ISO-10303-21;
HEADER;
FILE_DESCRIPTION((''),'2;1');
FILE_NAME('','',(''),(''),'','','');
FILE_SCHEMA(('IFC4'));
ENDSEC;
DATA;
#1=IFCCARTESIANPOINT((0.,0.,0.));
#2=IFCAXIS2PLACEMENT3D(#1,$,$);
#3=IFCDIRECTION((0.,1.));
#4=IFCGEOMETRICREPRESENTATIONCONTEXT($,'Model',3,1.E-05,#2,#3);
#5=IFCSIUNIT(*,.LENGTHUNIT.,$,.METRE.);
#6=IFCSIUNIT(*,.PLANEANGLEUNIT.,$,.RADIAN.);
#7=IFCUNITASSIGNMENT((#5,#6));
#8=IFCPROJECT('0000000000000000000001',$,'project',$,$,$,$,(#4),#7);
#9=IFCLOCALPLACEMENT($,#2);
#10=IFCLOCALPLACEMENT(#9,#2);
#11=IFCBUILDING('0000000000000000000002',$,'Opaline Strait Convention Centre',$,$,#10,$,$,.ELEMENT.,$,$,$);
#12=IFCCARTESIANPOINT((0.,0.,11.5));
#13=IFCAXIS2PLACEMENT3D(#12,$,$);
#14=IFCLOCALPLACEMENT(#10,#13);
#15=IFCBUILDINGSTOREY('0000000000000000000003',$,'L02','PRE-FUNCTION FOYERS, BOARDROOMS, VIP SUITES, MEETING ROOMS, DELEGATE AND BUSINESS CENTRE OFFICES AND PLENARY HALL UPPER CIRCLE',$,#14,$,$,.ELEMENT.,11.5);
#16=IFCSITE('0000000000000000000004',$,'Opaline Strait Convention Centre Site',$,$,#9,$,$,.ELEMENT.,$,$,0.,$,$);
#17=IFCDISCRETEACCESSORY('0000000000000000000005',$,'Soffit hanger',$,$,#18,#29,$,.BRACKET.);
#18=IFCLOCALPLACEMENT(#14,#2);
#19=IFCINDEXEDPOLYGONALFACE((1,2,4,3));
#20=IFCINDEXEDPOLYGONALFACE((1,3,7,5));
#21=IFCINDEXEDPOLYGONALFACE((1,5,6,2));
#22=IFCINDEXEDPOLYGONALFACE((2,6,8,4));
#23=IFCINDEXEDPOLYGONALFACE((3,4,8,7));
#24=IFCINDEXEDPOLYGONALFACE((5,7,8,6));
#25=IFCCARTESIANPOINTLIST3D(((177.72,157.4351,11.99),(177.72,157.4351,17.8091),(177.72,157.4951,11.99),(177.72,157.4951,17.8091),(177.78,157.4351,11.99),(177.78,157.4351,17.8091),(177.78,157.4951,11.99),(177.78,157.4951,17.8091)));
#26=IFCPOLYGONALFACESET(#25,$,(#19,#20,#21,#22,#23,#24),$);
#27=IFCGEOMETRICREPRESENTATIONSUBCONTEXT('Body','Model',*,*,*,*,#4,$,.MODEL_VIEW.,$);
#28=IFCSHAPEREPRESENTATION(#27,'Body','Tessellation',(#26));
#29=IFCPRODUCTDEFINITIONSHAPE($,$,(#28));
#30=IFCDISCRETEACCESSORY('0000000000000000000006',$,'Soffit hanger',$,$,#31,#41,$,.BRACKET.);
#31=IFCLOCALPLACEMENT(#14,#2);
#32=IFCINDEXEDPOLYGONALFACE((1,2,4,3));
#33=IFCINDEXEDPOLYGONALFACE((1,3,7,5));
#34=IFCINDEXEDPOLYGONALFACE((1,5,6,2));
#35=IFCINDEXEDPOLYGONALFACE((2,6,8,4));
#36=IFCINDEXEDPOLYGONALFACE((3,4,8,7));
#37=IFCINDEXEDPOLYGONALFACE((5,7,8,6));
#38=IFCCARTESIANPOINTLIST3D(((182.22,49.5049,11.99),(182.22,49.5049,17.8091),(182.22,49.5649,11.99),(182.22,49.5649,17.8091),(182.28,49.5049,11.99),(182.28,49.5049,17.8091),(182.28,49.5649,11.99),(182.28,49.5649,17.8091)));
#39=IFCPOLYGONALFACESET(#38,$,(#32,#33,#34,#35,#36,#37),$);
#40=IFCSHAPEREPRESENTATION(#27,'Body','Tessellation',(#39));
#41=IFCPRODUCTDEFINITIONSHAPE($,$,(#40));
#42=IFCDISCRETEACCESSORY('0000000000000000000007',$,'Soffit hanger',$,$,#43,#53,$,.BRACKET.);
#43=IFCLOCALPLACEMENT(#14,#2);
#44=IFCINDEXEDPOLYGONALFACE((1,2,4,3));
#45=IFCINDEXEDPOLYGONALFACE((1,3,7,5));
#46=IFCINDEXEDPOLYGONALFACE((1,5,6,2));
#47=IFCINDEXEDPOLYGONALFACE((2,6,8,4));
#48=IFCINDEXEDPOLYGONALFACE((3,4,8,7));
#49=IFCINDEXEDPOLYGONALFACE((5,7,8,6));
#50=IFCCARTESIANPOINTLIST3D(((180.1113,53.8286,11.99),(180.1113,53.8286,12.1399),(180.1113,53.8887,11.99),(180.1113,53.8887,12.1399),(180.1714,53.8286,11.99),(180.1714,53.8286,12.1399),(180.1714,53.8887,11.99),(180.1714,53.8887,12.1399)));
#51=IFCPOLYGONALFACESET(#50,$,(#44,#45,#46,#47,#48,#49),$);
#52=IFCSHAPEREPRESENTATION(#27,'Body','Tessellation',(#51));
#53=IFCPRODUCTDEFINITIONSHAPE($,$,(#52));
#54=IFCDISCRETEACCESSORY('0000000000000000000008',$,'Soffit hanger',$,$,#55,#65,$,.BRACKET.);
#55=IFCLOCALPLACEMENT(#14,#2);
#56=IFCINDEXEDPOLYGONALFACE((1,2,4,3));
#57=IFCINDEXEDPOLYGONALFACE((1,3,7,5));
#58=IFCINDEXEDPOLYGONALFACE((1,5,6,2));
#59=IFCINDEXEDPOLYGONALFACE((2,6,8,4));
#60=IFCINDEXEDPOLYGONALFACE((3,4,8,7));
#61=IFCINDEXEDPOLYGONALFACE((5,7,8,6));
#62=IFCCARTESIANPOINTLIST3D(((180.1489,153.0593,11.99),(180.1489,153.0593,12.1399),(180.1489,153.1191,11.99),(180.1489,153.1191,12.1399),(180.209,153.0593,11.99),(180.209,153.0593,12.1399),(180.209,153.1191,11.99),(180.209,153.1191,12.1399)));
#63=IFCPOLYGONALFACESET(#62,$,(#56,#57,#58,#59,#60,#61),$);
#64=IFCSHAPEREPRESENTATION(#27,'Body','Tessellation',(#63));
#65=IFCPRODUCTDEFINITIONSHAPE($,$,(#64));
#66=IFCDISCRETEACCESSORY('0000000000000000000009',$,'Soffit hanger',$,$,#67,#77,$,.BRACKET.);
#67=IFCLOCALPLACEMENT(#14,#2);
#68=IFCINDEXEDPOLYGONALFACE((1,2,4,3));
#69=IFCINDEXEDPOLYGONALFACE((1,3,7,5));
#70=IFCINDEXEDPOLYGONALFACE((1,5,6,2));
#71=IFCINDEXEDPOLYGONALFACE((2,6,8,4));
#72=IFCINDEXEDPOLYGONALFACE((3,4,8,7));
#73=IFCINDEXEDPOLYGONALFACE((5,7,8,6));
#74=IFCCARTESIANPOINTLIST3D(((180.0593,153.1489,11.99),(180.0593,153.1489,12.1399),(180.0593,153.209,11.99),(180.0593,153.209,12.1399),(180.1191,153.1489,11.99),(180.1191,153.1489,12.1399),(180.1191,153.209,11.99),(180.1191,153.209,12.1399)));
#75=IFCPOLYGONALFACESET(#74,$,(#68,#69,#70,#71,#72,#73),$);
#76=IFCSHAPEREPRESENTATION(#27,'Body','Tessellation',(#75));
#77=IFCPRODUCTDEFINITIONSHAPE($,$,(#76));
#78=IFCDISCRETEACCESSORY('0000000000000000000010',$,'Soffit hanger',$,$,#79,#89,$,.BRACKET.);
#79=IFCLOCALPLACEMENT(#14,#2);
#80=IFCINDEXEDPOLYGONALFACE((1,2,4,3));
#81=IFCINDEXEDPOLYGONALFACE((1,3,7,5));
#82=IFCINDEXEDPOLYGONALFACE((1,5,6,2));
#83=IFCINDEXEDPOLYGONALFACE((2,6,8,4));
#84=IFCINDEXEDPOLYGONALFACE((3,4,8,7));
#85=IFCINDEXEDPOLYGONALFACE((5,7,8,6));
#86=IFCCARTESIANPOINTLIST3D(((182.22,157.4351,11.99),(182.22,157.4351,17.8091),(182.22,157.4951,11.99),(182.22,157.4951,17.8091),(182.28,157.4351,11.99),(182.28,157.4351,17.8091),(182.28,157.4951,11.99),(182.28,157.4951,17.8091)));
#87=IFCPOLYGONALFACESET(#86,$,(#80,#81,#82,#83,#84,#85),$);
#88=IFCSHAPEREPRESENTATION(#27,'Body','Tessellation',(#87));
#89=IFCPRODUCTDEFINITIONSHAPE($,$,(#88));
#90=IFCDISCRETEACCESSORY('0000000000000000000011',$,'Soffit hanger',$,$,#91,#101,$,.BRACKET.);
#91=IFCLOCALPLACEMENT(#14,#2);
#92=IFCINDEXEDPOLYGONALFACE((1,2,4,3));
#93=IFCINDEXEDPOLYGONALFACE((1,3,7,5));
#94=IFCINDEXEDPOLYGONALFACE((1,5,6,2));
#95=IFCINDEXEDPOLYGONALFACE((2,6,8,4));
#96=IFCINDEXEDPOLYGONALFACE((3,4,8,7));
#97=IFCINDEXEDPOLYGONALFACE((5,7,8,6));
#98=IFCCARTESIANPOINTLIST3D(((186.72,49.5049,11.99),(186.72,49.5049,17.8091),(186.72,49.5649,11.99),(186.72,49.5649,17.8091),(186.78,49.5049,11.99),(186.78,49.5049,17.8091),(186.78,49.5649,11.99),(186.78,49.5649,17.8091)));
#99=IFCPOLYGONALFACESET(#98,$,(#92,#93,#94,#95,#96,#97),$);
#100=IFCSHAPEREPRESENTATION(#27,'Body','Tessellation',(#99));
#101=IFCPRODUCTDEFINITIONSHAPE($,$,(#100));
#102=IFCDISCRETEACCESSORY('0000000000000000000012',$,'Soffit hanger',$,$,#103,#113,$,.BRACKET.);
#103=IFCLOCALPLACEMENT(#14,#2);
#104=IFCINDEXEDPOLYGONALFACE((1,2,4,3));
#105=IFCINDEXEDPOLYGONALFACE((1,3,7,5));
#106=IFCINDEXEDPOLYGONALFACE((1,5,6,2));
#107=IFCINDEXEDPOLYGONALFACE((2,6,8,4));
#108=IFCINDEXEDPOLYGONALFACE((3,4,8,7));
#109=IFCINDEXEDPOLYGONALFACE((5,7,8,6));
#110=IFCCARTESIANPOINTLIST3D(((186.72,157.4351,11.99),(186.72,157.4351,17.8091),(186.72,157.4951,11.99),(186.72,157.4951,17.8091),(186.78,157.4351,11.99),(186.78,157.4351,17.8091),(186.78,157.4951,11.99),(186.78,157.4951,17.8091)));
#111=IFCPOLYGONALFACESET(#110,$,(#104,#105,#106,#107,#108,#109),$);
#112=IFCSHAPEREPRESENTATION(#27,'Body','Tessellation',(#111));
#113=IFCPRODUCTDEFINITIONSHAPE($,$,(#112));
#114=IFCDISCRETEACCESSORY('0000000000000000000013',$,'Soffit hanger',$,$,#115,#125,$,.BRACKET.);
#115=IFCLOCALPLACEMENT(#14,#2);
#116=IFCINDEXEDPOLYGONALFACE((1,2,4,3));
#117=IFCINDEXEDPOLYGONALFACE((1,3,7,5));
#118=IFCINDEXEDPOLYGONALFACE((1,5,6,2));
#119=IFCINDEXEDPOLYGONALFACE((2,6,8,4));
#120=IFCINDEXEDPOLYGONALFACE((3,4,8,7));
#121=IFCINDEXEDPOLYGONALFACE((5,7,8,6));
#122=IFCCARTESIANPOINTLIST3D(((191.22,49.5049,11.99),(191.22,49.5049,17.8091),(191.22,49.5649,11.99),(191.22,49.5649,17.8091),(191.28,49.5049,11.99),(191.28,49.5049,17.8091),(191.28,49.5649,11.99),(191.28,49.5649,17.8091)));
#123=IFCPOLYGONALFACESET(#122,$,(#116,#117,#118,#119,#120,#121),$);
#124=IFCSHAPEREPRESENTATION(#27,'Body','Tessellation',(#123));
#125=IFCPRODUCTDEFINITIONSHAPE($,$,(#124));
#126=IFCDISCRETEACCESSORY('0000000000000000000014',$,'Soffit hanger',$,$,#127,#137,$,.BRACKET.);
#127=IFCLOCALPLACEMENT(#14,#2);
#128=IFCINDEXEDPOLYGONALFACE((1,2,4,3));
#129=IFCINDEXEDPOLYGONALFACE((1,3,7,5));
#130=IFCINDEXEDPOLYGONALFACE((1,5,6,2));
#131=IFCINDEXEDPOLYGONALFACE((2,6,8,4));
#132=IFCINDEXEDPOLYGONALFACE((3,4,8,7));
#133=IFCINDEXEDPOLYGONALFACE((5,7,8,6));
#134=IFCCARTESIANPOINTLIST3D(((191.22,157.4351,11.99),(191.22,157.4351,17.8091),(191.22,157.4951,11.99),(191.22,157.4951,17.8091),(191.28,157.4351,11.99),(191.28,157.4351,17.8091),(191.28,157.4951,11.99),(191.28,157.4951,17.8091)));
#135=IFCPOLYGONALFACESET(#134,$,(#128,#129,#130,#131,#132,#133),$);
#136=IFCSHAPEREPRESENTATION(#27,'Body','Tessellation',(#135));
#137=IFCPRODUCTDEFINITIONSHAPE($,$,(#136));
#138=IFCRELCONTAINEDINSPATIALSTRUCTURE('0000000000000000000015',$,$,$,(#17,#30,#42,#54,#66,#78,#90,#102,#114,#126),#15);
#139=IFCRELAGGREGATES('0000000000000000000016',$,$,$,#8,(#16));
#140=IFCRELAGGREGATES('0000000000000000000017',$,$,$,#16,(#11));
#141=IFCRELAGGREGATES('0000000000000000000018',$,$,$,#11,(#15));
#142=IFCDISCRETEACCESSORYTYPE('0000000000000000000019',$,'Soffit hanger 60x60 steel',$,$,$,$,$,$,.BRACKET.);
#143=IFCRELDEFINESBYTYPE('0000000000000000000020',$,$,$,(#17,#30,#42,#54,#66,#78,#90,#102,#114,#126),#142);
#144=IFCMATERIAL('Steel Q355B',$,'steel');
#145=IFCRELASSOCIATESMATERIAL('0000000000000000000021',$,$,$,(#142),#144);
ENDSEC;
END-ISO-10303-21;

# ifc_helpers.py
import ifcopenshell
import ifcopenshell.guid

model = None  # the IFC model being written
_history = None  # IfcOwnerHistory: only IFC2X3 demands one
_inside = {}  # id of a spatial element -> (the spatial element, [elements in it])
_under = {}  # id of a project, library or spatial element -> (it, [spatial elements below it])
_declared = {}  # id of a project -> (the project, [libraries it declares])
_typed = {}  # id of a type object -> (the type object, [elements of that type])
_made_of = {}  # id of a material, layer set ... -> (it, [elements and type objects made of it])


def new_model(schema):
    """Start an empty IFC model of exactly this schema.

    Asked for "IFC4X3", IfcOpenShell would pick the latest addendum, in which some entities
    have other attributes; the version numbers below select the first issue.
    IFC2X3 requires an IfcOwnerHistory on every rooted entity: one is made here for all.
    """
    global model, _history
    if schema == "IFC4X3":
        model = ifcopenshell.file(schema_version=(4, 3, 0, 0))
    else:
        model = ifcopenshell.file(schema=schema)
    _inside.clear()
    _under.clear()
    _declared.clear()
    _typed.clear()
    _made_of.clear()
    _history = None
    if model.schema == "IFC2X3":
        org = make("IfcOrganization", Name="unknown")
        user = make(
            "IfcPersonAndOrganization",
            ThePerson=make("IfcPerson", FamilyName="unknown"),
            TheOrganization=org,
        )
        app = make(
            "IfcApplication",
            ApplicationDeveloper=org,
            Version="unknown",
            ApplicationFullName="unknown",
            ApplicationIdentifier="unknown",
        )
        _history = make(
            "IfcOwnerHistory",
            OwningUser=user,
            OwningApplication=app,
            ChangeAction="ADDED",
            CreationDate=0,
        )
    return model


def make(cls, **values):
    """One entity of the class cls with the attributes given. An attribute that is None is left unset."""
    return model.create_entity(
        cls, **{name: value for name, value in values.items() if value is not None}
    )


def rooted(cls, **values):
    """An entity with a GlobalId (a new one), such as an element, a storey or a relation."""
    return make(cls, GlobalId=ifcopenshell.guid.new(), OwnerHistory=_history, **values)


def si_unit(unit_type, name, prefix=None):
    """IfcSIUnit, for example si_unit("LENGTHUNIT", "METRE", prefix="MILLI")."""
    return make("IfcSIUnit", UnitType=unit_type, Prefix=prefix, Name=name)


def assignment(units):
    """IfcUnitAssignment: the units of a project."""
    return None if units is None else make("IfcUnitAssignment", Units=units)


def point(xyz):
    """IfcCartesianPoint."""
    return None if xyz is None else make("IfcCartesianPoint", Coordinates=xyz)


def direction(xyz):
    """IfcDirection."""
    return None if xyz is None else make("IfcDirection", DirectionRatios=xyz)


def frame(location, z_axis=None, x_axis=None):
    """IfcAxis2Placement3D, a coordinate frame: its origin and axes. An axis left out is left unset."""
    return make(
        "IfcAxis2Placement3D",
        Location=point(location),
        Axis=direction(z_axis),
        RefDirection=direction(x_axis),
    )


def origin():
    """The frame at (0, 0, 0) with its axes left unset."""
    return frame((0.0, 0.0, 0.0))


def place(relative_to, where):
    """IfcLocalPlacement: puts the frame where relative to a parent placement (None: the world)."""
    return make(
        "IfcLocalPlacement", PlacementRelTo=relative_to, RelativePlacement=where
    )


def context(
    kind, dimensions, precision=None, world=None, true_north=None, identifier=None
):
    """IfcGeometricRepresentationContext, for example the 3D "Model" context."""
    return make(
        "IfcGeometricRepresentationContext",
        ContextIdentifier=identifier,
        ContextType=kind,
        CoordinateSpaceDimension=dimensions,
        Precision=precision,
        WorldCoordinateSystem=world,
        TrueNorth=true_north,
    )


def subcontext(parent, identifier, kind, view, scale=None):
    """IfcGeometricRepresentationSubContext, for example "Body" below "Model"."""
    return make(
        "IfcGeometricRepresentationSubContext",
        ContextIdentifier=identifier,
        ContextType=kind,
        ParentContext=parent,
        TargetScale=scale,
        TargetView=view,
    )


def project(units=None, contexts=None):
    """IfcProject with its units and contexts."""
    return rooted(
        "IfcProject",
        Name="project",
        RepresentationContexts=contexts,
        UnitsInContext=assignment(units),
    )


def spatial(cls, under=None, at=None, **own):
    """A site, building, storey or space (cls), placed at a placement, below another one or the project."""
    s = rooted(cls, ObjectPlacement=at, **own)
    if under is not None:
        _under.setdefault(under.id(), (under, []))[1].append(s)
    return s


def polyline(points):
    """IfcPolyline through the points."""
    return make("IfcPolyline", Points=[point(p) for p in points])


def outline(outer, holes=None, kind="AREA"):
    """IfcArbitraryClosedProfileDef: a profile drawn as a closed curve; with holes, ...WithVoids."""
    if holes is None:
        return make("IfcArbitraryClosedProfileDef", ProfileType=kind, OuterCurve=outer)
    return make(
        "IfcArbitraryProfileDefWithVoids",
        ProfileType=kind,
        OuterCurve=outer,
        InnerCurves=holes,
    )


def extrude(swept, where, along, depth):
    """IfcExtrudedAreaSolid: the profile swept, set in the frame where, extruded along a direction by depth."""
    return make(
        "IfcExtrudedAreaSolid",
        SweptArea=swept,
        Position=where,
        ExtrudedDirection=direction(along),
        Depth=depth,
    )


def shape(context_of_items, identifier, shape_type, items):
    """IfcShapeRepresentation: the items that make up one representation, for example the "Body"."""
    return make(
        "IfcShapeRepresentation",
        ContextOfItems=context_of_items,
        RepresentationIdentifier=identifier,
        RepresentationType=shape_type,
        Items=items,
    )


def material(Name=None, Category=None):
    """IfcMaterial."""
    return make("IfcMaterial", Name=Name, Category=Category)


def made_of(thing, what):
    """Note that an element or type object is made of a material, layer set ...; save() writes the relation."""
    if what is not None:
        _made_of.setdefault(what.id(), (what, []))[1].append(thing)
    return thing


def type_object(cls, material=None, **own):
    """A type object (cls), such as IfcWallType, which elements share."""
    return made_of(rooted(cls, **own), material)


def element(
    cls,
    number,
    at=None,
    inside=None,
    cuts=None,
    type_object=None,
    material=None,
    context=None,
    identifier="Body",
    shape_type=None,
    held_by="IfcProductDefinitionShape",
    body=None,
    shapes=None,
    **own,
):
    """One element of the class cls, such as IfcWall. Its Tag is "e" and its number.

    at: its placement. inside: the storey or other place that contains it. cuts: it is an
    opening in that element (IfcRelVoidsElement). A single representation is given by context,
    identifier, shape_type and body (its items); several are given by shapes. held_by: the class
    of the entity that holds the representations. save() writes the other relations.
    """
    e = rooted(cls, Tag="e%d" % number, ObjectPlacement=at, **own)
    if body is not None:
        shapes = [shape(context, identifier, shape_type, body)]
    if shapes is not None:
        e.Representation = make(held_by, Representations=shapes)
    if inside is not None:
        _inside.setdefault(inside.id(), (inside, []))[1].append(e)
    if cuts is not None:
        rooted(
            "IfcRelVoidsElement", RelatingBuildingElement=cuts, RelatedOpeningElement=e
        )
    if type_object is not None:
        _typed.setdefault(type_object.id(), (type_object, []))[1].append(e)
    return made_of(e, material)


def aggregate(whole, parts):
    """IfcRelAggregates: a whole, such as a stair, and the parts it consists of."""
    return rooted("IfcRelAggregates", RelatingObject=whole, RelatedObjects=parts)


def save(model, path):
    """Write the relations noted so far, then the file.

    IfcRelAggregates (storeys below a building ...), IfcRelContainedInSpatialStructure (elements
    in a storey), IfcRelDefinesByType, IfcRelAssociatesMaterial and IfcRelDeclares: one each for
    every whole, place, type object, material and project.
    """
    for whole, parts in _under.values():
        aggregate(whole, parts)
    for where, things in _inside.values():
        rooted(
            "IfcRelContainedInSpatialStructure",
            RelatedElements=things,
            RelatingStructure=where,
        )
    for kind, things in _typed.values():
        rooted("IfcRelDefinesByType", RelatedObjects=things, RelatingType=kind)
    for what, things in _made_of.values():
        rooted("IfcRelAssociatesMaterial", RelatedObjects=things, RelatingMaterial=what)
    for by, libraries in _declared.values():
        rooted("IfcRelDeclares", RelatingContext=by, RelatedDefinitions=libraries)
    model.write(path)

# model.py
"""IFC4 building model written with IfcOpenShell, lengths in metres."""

from ifc_helpers import new_model, si_unit, direction, frame, origin, place, context, subcontext, project, spatial, polyline, outline, extrude, material, type_object, element, save


model = new_model("IFC4")

# Units and contexts
model_context = context("Model", 3, precision=1e-05, world=origin(), true_north=direction((0.0, 1.0)))
body_context = subcontext(model_context, "Body", "Model", "MODEL_VIEW")
ifc_project = project(units=[si_unit("LENGTHUNIT", "METRE"), si_unit("PLANEANGLEUNIT", "RADIAN")], contexts=[model_context])

# Site, building, storey
site_placement = place(None, origin())
site = spatial("IfcSite", under=ifc_project, at=site_placement, Name="Opaline Strait Convention Centre Site", CompositionType="ELEMENT", RefElevation=0.0)
building_placement = place(site_placement, origin())
building = spatial("IfcBuilding", under=site, at=building_placement, Name="Opaline Strait Convention Centre", CompositionType="ELEMENT")
storey_placement = place(building_placement, frame((0.0, 0.0, 11.5)))
storey = spatial("IfcBuildingStorey", under=building, at=storey_placement, Name="L02", Description="PRE-FUNCTION FOYERS, BOARDROOMS, VIP SUITES, MEETING ROOMS, DELEGATE AND BUSINESS CENTRE OFFICES AND PLENARY HALL UPPER CIRCLE", CompositionType="ELEMENT", Elevation=11.5)

# Discrete accessories
ifc_material = material(Name="Steel Q355B", Category="steel")
discrete_accessory_type = type_object("IfcDiscreteAccessoryType", Name="Soffit hanger 60x60 steel", PredefinedType="BRACKET", material=ifc_material)
discrete_accessory_1_placement = place(storey_placement, frame((0.0, 0.0, 11.99)))
element("IfcDiscreteAccessory", 1, at=discrete_accessory_1_placement, inside=storey, type_object=discrete_accessory_type, Name="Soffit hanger", PredefinedType="BRACKET", context=body_context, shape_type="SweptSolid", body=[
    extrude(outline(polyline([(177.72, 157.4351), (177.78, 157.4351), (177.78, 157.4951), (177.72, 157.4951), (177.72, 157.4351)])), origin(), (0.0, 0.0, 1.0), 5.8191),
])
discrete_accessory_2_placement = place(storey_placement, frame((0.0, 0.0, 11.99)))
element("IfcDiscreteAccessory", 2, at=discrete_accessory_2_placement, inside=storey, type_object=discrete_accessory_type, Name="Soffit hanger", PredefinedType="BRACKET", context=body_context, shape_type="SweptSolid", body=[
    extrude(outline(polyline([(182.22, 49.5049), (182.28, 49.5049), (182.28, 49.5649), (182.22, 49.5649), (182.22, 49.5049)])), origin(), (0.0, 0.0, 1.0), 5.8191),
])
discrete_accessory_3_placement = place(storey_placement, frame((0.0, 0.0, 11.99)))
element("IfcDiscreteAccessory", 3, at=discrete_accessory_3_placement, inside=storey, type_object=discrete_accessory_type, Name="Soffit hanger", PredefinedType="BRACKET", context=body_context, shape_type="SweptSolid", body=[
    extrude(outline(polyline([(180.1113, 53.8286), (180.1714, 53.8286), (180.1714, 53.8887), (180.1113, 53.8887), (180.1113, 53.8286)])), origin(), (0.0, 0.0, 1.0), 0.1499),
])
discrete_accessory_4_placement = place(storey_placement, frame((0.0, 0.0, 11.99)))
element("IfcDiscreteAccessory", 4, at=discrete_accessory_4_placement, inside=storey, type_object=discrete_accessory_type, Name="Soffit hanger", PredefinedType="BRACKET", context=body_context, shape_type="SweptSolid", body=[
    extrude(outline(polyline([(180.1489, 153.0593), (180.209, 153.0593), (180.209, 153.1191), (180.1489, 153.1191), (180.1489, 153.0593)])), origin(), (0.0, 0.0, 1.0), 0.1499),
])
discrete_accessory_5_placement = place(storey_placement, frame((0.0, 0.0, 11.99)))
element("IfcDiscreteAccessory", 5, at=discrete_accessory_5_placement, inside=storey, type_object=discrete_accessory_type, Name="Soffit hanger", PredefinedType="BRACKET", context=body_context, shape_type="SweptSolid", body=[
    extrude(outline(polyline([(180.0593, 153.1489), (180.1191, 153.1489), (180.1191, 153.209), (180.0593, 153.209), (180.0593, 153.1489)])), origin(), (0.0, 0.0, 1.0), 0.1499),
])
discrete_accessory_6_placement = place(storey_placement, frame((0.0, 0.0, 11.99)))
element("IfcDiscreteAccessory", 6, at=discrete_accessory_6_placement, inside=storey, type_object=discrete_accessory_type, Name="Soffit hanger", PredefinedType="BRACKET", context=body_context, shape_type="SweptSolid", body=[
    extrude(outline(polyline([(182.22, 157.4351), (182.28, 157.4351), (182.28, 157.4951), (182.22, 157.4951), (182.22, 157.4351)])), origin(), (0.0, 0.0, 1.0), 5.8191),
])
discrete_accessory_7_placement = place(storey_placement, frame((0.0, 0.0, 11.99)))
element("IfcDiscreteAccessory", 7, at=discrete_accessory_7_placement, inside=storey, type_object=discrete_accessory_type, Name="Soffit hanger", PredefinedType="BRACKET", context=body_context, shape_type="SweptSolid", body=[
    extrude(outline(polyline([(186.72, 49.5049), (186.78, 49.5049), (186.78, 49.5649), (186.72, 49.5649), (186.72, 49.5049)])), origin(), (0.0, 0.0, 1.0), 5.8191),
])
discrete_accessory_8_placement = place(storey_placement, frame((0.0, 0.0, 11.99)))
element("IfcDiscreteAccessory", 8, at=discrete_accessory_8_placement, inside=storey, type_object=discrete_accessory_type, Name="Soffit hanger", PredefinedType="BRACKET", context=body_context, shape_type="SweptSolid", body=[
    extrude(outline(polyline([(186.72, 157.4351), (186.78, 157.4351), (186.78, 157.4951), (186.72, 157.4951), (186.72, 157.4351)])), origin(), (0.0, 0.0, 1.0), 5.8191),
])
discrete_accessory_9_placement = place(storey_placement, frame((0.0, 0.0, 11.99)))
element("IfcDiscreteAccessory", 9, at=discrete_accessory_9_placement, inside=storey, type_object=discrete_accessory_type, Name="Soffit hanger", PredefinedType="BRACKET", context=body_context, shape_type="SweptSolid", body=[
    extrude(outline(polyline([(191.22, 49.5049), (191.28, 49.5049), (191.28, 49.5649), (191.22, 49.5649), (191.22, 49.5049)])), origin(), (0.0, 0.0, 1.0), 5.8191),
])
discrete_accessory_10_placement = place(storey_placement, frame((0.0, 0.0, 11.99)))
element("IfcDiscreteAccessory", 10, at=discrete_accessory_10_placement, inside=storey, type_object=discrete_accessory_type, Name="Soffit hanger", PredefinedType="BRACKET", context=body_context, shape_type="SweptSolid", body=[
    extrude(outline(polyline([(191.22, 157.4351), (191.28, 157.4351), (191.28, 157.4951), (191.22, 157.4951), (191.22, 157.4351)])), origin(), (0.0, 0.0, 1.0), 5.8191),
])

save(model, "model.ifc")
